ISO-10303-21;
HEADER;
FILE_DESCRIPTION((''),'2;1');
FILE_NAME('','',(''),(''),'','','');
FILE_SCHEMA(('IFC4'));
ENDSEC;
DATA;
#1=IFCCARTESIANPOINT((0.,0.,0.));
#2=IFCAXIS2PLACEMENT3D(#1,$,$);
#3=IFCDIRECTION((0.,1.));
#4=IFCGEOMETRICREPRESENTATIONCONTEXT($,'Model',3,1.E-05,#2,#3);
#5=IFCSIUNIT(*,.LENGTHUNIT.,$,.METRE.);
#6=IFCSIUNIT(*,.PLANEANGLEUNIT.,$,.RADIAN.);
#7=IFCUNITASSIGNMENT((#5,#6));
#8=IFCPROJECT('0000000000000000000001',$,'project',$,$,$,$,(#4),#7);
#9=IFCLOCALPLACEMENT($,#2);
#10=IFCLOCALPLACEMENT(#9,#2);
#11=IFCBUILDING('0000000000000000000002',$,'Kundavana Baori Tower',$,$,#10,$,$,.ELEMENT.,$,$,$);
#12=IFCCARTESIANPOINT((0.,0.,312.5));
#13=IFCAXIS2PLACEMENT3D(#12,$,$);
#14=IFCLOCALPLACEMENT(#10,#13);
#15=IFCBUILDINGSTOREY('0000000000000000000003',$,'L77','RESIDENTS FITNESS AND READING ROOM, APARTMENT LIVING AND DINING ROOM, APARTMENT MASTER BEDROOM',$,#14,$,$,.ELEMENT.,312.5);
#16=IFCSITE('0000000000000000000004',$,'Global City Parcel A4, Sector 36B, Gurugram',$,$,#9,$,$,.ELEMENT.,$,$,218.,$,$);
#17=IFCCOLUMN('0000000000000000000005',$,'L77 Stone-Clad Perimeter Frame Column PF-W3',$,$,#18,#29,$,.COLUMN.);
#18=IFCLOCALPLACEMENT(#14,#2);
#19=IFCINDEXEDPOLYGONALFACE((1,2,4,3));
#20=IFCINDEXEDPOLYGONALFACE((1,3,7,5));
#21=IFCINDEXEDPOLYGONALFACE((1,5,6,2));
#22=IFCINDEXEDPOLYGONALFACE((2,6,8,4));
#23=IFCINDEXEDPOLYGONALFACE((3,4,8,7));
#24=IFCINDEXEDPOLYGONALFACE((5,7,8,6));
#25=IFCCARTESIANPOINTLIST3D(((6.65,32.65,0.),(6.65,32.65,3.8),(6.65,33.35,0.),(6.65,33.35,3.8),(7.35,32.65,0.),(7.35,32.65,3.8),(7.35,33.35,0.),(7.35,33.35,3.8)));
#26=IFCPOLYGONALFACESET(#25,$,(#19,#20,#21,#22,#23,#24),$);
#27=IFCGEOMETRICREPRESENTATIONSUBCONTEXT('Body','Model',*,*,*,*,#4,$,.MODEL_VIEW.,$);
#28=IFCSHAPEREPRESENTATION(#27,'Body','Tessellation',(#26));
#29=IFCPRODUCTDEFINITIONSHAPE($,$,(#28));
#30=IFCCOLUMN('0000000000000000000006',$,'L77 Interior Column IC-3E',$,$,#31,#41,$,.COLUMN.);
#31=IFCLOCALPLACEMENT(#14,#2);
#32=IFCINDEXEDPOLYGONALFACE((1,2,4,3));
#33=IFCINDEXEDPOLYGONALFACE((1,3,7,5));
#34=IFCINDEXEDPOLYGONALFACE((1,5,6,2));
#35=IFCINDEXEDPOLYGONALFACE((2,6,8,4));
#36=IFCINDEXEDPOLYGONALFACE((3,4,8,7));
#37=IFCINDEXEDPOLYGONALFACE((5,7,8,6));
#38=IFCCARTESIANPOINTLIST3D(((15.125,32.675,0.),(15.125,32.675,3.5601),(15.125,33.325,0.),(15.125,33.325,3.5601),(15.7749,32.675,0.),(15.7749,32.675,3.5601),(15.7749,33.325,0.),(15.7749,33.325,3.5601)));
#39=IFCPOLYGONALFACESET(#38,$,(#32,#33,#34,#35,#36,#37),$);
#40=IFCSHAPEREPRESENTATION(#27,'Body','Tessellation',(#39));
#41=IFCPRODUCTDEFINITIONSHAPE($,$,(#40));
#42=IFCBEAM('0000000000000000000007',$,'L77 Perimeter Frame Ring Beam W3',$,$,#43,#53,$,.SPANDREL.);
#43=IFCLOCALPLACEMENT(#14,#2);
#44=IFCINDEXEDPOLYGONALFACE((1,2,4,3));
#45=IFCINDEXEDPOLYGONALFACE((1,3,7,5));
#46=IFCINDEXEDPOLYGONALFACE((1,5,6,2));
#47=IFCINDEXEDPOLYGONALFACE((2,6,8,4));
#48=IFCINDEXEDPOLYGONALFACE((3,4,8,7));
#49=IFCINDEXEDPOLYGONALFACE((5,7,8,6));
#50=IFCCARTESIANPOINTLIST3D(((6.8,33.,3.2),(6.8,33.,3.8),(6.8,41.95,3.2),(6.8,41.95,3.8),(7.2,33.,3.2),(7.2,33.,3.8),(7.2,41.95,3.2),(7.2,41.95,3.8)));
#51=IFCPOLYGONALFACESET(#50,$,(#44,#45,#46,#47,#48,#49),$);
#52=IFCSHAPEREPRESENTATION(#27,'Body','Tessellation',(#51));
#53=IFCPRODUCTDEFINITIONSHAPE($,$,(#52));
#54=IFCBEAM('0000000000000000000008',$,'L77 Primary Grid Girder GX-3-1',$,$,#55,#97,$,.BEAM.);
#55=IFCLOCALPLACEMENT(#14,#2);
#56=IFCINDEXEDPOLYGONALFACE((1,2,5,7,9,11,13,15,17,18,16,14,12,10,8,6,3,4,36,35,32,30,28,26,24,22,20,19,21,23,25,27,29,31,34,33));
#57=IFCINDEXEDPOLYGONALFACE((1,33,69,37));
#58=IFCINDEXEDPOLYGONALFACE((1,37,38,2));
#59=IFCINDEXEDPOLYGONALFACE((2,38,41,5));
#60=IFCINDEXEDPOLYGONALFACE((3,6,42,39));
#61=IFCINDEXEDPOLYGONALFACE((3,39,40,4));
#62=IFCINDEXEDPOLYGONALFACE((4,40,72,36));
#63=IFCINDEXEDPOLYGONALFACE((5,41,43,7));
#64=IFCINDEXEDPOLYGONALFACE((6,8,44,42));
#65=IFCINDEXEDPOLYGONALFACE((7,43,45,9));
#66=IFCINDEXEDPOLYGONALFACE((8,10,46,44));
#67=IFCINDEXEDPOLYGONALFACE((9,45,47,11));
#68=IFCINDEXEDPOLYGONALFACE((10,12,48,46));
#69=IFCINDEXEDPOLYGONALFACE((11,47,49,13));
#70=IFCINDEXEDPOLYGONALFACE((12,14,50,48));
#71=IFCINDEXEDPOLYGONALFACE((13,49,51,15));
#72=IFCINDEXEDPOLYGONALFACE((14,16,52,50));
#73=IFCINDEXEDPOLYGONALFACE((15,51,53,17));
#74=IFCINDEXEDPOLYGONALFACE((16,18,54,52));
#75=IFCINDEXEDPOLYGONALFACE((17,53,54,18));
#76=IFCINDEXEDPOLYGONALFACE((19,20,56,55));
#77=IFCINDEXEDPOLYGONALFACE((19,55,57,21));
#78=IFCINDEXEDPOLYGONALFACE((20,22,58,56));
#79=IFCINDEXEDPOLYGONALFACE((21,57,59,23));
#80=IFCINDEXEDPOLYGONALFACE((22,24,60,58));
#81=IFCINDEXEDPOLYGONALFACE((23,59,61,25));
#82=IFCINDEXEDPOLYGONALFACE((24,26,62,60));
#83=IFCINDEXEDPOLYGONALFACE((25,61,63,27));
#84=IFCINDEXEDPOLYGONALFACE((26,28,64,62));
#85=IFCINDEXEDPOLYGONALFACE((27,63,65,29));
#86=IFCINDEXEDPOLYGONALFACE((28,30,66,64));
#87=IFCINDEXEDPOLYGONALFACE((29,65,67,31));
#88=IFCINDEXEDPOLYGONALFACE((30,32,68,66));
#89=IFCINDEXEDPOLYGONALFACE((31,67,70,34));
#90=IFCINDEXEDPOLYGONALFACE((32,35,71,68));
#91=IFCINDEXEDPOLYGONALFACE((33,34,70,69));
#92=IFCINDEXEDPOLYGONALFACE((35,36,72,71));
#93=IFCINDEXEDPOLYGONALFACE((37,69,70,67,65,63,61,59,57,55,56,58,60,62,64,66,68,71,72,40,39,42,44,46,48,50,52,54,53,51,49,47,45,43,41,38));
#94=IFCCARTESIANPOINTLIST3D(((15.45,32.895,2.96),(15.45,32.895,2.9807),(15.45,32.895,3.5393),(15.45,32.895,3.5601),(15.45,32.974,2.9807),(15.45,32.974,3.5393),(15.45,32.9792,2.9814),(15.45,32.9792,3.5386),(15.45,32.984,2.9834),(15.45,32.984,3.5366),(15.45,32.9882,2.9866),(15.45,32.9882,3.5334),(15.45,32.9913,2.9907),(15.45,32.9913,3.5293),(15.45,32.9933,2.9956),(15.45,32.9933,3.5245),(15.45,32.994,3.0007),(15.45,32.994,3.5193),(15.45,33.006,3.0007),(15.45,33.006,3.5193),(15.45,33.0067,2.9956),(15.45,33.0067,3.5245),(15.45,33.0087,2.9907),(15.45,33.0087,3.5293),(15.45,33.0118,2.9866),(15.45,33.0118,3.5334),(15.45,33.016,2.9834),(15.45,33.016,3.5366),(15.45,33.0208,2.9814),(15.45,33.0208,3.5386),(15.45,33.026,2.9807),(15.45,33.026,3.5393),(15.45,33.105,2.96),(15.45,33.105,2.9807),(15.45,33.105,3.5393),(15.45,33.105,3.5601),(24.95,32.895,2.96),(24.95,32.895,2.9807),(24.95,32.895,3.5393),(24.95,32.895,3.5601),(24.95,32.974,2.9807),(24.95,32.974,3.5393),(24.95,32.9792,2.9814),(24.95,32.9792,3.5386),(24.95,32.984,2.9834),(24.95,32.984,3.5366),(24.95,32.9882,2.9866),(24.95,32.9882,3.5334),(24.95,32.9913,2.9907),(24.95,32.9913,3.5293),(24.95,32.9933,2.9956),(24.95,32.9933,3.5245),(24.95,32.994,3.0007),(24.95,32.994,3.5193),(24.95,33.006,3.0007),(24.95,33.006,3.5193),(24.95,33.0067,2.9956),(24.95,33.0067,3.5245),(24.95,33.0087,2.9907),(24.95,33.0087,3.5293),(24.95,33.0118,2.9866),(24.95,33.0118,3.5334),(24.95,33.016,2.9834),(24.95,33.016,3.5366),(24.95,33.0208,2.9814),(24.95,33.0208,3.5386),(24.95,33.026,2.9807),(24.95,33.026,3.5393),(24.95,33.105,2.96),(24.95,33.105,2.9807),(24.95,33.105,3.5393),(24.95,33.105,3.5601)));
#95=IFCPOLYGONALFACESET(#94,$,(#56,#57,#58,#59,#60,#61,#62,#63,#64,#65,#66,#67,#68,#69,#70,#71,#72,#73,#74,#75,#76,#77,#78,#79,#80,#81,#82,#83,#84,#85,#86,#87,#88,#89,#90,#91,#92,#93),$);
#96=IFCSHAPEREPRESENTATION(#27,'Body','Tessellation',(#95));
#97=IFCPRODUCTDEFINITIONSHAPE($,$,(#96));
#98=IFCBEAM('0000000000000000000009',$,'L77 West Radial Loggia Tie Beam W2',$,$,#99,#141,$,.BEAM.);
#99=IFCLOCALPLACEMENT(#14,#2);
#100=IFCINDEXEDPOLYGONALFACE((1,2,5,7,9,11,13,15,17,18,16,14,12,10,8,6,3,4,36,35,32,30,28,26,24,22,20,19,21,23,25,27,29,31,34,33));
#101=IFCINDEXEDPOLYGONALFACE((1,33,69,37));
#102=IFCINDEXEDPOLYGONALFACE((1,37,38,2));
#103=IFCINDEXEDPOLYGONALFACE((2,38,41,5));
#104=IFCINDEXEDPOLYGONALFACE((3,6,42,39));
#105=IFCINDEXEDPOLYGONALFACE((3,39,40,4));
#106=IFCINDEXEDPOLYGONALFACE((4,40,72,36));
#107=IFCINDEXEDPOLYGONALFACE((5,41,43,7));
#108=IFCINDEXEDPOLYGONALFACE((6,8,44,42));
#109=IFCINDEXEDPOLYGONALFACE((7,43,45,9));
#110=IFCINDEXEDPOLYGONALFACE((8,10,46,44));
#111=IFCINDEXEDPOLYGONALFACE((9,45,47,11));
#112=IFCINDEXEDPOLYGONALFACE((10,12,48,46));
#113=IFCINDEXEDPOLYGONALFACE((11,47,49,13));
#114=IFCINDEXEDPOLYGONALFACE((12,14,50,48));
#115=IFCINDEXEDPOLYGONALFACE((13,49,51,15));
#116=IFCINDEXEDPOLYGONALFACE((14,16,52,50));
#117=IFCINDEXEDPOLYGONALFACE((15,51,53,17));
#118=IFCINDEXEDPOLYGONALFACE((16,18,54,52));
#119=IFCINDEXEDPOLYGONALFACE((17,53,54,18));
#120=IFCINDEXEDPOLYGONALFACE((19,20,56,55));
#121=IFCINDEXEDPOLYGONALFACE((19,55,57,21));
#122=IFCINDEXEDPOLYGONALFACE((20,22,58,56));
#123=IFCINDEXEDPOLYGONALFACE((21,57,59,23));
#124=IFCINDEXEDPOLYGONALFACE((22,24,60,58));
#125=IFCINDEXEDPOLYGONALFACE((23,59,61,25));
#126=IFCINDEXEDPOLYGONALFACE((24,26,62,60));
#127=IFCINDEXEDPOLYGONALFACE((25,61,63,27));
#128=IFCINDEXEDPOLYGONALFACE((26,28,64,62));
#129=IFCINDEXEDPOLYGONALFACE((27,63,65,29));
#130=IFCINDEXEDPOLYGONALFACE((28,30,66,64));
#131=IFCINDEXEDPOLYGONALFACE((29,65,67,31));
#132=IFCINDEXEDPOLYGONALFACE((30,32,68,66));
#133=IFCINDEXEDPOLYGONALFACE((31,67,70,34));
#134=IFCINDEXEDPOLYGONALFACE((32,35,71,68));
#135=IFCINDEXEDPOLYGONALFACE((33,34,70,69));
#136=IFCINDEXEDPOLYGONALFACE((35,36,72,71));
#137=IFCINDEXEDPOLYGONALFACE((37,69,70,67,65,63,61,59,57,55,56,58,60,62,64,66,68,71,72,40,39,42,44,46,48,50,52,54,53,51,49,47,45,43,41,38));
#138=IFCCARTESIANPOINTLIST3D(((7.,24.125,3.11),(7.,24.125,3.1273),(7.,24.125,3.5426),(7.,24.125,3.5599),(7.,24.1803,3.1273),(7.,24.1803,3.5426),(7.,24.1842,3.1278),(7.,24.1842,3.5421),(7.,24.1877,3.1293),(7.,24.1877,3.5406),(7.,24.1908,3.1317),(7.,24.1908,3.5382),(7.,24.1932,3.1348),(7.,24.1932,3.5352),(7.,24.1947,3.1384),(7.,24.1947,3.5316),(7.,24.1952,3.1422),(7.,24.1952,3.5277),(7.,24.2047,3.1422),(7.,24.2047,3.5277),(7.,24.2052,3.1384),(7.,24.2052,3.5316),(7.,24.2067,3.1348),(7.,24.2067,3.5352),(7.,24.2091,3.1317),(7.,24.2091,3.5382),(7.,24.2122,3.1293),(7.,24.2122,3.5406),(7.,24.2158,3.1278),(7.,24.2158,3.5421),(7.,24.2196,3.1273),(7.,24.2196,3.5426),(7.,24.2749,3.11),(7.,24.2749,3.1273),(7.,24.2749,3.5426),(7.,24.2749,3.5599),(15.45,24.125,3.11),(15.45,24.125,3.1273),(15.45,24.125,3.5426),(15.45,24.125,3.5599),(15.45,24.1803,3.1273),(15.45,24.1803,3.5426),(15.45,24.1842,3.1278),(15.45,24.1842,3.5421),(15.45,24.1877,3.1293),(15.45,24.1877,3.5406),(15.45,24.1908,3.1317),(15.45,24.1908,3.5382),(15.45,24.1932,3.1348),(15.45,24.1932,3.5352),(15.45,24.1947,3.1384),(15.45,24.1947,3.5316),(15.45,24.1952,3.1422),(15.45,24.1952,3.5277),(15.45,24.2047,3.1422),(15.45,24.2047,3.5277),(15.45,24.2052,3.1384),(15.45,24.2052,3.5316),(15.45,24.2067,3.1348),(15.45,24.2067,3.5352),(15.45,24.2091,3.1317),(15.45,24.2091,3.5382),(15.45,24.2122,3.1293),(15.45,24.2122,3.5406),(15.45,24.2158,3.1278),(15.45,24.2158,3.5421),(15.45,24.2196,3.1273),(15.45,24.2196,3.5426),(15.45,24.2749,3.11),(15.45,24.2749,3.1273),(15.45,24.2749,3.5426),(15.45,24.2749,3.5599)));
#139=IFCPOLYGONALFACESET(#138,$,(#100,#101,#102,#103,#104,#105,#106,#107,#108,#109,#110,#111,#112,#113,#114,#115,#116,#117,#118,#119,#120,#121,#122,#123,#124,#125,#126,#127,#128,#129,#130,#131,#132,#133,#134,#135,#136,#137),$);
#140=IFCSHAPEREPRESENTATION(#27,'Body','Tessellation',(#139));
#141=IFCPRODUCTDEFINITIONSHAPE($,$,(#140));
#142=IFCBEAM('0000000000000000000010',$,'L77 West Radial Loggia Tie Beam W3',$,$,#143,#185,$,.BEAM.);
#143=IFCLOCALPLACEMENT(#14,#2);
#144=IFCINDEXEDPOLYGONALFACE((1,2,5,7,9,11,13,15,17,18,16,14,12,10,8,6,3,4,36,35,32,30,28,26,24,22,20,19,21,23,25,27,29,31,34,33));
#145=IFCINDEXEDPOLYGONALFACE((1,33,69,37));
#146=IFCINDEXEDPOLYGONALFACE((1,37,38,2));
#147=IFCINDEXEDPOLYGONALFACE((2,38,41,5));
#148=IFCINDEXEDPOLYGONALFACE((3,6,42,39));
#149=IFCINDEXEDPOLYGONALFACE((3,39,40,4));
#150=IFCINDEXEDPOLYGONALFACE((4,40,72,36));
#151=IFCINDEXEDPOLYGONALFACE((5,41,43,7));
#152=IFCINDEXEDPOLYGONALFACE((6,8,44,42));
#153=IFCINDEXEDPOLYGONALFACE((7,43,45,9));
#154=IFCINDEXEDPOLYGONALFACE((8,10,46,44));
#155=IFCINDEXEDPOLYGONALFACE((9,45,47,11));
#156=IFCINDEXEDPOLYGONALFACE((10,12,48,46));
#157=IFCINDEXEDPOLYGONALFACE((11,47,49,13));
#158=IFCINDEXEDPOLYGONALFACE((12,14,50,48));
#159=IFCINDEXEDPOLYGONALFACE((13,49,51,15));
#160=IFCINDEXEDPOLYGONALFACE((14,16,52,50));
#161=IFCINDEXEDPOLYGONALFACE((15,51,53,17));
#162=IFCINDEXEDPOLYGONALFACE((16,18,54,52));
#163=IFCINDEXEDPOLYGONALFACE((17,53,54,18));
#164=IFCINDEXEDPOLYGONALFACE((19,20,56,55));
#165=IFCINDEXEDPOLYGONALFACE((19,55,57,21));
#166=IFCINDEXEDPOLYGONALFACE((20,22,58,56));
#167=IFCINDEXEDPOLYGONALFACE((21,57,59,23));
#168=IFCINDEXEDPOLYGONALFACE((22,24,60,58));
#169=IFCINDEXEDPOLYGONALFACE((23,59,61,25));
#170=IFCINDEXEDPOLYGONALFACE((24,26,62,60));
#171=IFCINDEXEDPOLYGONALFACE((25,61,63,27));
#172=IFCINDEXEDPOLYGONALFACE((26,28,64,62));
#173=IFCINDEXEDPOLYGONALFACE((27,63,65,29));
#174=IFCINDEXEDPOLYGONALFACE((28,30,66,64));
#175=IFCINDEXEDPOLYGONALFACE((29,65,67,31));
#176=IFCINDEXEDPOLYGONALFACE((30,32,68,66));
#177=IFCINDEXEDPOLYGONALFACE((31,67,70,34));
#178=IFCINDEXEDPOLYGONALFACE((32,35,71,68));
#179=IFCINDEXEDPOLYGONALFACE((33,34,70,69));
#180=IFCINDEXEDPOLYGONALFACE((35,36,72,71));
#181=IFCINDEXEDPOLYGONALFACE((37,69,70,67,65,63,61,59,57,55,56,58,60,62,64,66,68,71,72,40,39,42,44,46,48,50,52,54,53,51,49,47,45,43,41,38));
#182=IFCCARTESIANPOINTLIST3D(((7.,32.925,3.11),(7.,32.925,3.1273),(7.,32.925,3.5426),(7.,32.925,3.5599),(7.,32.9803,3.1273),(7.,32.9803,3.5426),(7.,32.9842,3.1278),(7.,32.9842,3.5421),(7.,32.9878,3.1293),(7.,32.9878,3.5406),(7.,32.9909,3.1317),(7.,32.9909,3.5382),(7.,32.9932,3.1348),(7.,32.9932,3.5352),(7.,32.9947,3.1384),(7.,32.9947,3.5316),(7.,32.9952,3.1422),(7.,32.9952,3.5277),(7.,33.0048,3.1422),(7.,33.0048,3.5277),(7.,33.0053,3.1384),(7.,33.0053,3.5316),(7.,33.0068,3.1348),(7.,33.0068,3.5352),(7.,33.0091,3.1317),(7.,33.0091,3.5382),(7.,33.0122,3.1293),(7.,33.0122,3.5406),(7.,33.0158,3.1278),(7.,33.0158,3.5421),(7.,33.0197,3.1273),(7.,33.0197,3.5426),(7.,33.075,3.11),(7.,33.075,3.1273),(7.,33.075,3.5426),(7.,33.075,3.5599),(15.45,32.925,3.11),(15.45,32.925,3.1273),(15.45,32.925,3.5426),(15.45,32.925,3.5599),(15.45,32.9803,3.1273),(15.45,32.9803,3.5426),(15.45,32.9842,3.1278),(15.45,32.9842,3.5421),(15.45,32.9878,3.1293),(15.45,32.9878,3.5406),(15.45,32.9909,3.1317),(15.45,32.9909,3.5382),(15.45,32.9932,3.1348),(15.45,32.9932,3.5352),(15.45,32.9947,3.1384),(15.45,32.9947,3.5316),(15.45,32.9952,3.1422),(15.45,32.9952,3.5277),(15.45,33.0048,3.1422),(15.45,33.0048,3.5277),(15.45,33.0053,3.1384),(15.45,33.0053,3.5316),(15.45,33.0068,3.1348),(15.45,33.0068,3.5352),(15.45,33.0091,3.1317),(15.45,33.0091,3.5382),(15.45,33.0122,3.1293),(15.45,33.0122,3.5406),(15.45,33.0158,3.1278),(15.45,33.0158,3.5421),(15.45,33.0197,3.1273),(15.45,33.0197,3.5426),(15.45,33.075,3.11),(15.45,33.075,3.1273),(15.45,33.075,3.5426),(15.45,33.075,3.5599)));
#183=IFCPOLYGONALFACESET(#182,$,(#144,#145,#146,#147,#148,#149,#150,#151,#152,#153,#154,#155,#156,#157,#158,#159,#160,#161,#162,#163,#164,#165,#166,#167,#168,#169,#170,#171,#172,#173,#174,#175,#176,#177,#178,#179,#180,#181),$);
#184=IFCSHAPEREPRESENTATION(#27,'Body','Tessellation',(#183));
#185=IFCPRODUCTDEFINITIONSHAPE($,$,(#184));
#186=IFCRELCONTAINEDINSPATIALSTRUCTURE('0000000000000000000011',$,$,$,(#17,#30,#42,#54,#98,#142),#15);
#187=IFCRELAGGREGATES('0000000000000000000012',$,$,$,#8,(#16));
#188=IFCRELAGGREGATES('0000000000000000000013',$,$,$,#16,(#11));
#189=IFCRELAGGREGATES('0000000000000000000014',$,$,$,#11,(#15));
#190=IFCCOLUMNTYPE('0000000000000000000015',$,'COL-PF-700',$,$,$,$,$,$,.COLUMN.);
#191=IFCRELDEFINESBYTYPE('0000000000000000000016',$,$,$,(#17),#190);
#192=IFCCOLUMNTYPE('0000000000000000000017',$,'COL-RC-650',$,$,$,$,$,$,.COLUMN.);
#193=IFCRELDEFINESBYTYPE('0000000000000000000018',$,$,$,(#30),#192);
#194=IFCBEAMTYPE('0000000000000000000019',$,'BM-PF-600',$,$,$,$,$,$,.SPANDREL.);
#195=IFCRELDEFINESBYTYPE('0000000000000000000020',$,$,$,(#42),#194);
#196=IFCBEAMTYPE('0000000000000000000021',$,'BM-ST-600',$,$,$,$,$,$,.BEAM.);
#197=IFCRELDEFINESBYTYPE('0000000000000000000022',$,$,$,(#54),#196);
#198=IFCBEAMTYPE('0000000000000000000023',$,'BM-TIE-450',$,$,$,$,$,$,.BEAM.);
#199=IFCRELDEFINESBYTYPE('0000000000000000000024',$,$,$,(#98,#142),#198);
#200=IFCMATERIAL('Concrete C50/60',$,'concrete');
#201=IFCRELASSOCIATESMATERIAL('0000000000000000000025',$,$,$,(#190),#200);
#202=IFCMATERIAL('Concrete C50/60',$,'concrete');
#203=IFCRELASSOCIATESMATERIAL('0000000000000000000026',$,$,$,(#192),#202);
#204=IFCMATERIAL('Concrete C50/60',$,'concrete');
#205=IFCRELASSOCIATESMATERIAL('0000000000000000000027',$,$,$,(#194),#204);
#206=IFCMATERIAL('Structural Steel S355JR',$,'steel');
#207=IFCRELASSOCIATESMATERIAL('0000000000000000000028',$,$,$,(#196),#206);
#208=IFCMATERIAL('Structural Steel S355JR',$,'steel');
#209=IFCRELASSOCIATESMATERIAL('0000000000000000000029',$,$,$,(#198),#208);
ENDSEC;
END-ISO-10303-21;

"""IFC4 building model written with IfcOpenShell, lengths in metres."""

from ifc_helpers import new_model, si_unit, direction, frame, origin, origin_2d, place, context, subcontext, project, spatial, rectangle, i_section, extrude, material, material_profile, profile_set, type_object, element, save


model = new_model("IFC4")

# Units and contexts
model_context = context("Model", 3, precision=1e-05, world=origin(), true_north=direction((0.0, 1.0)))
body_context = subcontext(model_context, "Body", "Model", "MODEL_VIEW")
ifc_project = project(units=[si_unit("LENGTHUNIT", "METRE"), si_unit("PLANEANGLEUNIT", "RADIAN")], contexts=[model_context])

# Site, building, storey
site_placement = place(None, origin())
site = spatial("IfcSite", under=ifc_project, at=site_placement, Name="Global City Parcel A4, Sector 36B, Gurugram", CompositionType="ELEMENT", RefElevation=218.0)
building_placement = place(site_placement, origin())
building = spatial("IfcBuilding", under=site, at=building_placement, Name="Kundavana Baori Tower", CompositionType="ELEMENT")
storey_placement = place(building_placement, frame((0.0, 0.0, 312.5)))
storey = spatial("IfcBuildingStorey", under=building, at=storey_placement, Name="L77", Description="RESIDENTS FITNESS AND READING ROOM, APARTMENT LIVING AND DINING ROOM, APARTMENT MASTER BEDROOM", CompositionType="ELEMENT", Elevation=312.5)

# Columns
ifc_material_1 = material(Name="Concrete C50/60", Category="concrete")
ifc_material_profile_1 = material_profile(ifc_material_1, rectangle(XDim=0.7, YDim=0.7, at=origin_2d()), Name="RC PF 700x700")
ifc_profile_set_1 = profile_set([ifc_material_profile_1], Name="Concrete C50/60")
column_type_1 = type_object("IfcColumnType", Name="COL-PF-700", PredefinedType="COLUMN", material=ifc_profile_set_1)
column_1_placement = place(storey_placement, frame((7.0, 33.0, 0.0), z_axis=(0.0, 0.0, 1.0), x_axis=(1.0, 0.0, 0.0)))
element("IfcColumn", 1, at=column_1_placement, inside=storey, type_object=column_type_1, Name="L77 Stone-Clad Perimeter Frame Column PF-W3", PredefinedType="COLUMN", context=body_context, shape_type="SweptSolid", body=[
    extrude(rectangle(XDim=0.7, YDim=0.7, at=origin_2d()), origin(), (0.0, 0.0, 1.0), 3.8),
])
ifc_material_2 = material(Name="Concrete C50/60", Category="concrete")
ifc_material_profile_2 = material_profile(ifc_material_2, rectangle(XDim=0.6499, YDim=0.6499, at=origin_2d()), Name="RC 650x650")
ifc_profile_set_2 = profile_set([ifc_material_profile_2], Name="Concrete C50/60")
column_type_2 = type_object("IfcColumnType", Name="COL-RC-650", PredefinedType="COLUMN", material=ifc_profile_set_2)
column_2_placement = place(storey_placement, frame((15.45, 33.0, 0.0), z_axis=(0.0, 0.0, 1.0), x_axis=(1.0, 0.0, 0.0)))
element("IfcColumn", 2, at=column_2_placement, inside=storey, type_object=column_type_2, Name="L77 Interior Column IC-3E", PredefinedType="COLUMN", context=body_context, shape_type="SweptSolid", body=[
    extrude(rectangle(XDim=0.6499, YDim=0.6499, at=origin_2d()), origin(), (0.0, 0.0, 1.0), 3.5601),
])

# Beams
ifc_material_3 = material(Name="Concrete C50/60", Category="concrete")
ifc_material_profile_3 = material_profile(ifc_material_3, rectangle(XDim=0.3999, YDim=0.6001, at=origin_2d()), Name="RC BM 400x600")
ifc_profile_set_3 = profile_set([ifc_material_profile_3], Name="Concrete C50/60")
beam_type_1 = type_object("IfcBeamType", Name="BM-PF-600", PredefinedType="SPANDREL", material=ifc_profile_set_3)
beam_1_placement = place(storey_placement, frame((7.0, 33.0, 3.5), z_axis=(0.0, 1.0, 0.0), x_axis=(-1.0, 0.0, 0.0)))
element("IfcBeam", 3, at=beam_1_placement, inside=storey, type_object=beam_type_1, Name="L77 Perimeter Frame Ring Beam W3", PredefinedType="SPANDREL", context=body_context, shape_type="SweptSolid", body=[
    extrude(rectangle(XDim=0.3999, YDim=0.6001, at=origin_2d()), origin(), (0.0, 0.0, 1.0), 8.95),
])
ifc_material_4 = material(Name="Structural Steel S355JR", Category="steel")
ifc_material_profile_4 = material_profile(ifc_material_4, i_section(OverallWidth=0.21, OverallDepth=0.6001, WebThickness=0.012, FlangeThickness=0.0208, FilletRadius=0.02, at=origin_2d()), Name="ISMB 600")
ifc_profile_set_4 = profile_set([ifc_material_profile_4], Name="Structural Steel S355JR")
beam_type_2 = type_object("IfcBeamType", Name="BM-ST-600", PredefinedType="BEAM", material=ifc_profile_set_4)
beam_2_placement = place(storey_placement, frame((15.45, 33.0, 3.26), z_axis=(1.0, 0.0, 0.0), x_axis=(0.0, 1.0, 0.0)))
element("IfcBeam", 4, at=beam_2_placement, inside=storey, type_object=beam_type_2, Name="L77 Primary Grid Girder GX-3-1", PredefinedType="BEAM", context=body_context, shape_type="SweptSolid", body=[
    extrude(i_section(OverallWidth=0.21, OverallDepth=0.6001, WebThickness=0.012, FlangeThickness=0.0208, FilletRadius=0.02, at=origin_2d()), origin(), (0.0, 0.0, 1.0), 9.5),
])
ifc_material_5 = material(Name="Structural Steel S355JR", Category="steel")
ifc_material_profile_5 = material_profile(ifc_material_5, i_section(OverallWidth=0.1499, OverallDepth=0.45, WebThickness=0.0095, FlangeThickness=0.0173, FilletRadius=0.0149, at=origin_2d()), Name="ISMB 450")
ifc_profile_set_5 = profile_set([ifc_material_profile_5], Name="Structural Steel S355JR")
beam_type_3 = type_object("IfcBeamType", Name="BM-TIE-450", PredefinedType="BEAM", material=ifc_profile_set_5)
for number, where, z_axis, x_axis, name in (
    (5, (15.45, 24.2, 3.335), (-1.0, 0.0, 0.0), (0.0, -1.0, 0.0), "L77 West Radial Loggia Tie Beam W2"),
    (6, (15.45, 33.0, 3.335), (-1.0, 0.0, 0.0), (0.0, -1.0, 0.0), "L77 West Radial Loggia Tie Beam W3"),
):
    element("IfcBeam", number, at=place(storey_placement, frame(where, z_axis=z_axis, x_axis=x_axis)), inside=storey, type_object=beam_type_3, Name=name, PredefinedType="BEAM", context=body_context, shape_type="SweptSolid", body=[
        extrude(i_section(OverallWidth=0.1499, OverallDepth=0.45, WebThickness=0.0095, FlangeThickness=0.0173, FilletRadius=0.0149, at=origin_2d()), origin(), (0.0, 0.0, 1.0), 8.45),
    ])

save(model, "model.ifc")
